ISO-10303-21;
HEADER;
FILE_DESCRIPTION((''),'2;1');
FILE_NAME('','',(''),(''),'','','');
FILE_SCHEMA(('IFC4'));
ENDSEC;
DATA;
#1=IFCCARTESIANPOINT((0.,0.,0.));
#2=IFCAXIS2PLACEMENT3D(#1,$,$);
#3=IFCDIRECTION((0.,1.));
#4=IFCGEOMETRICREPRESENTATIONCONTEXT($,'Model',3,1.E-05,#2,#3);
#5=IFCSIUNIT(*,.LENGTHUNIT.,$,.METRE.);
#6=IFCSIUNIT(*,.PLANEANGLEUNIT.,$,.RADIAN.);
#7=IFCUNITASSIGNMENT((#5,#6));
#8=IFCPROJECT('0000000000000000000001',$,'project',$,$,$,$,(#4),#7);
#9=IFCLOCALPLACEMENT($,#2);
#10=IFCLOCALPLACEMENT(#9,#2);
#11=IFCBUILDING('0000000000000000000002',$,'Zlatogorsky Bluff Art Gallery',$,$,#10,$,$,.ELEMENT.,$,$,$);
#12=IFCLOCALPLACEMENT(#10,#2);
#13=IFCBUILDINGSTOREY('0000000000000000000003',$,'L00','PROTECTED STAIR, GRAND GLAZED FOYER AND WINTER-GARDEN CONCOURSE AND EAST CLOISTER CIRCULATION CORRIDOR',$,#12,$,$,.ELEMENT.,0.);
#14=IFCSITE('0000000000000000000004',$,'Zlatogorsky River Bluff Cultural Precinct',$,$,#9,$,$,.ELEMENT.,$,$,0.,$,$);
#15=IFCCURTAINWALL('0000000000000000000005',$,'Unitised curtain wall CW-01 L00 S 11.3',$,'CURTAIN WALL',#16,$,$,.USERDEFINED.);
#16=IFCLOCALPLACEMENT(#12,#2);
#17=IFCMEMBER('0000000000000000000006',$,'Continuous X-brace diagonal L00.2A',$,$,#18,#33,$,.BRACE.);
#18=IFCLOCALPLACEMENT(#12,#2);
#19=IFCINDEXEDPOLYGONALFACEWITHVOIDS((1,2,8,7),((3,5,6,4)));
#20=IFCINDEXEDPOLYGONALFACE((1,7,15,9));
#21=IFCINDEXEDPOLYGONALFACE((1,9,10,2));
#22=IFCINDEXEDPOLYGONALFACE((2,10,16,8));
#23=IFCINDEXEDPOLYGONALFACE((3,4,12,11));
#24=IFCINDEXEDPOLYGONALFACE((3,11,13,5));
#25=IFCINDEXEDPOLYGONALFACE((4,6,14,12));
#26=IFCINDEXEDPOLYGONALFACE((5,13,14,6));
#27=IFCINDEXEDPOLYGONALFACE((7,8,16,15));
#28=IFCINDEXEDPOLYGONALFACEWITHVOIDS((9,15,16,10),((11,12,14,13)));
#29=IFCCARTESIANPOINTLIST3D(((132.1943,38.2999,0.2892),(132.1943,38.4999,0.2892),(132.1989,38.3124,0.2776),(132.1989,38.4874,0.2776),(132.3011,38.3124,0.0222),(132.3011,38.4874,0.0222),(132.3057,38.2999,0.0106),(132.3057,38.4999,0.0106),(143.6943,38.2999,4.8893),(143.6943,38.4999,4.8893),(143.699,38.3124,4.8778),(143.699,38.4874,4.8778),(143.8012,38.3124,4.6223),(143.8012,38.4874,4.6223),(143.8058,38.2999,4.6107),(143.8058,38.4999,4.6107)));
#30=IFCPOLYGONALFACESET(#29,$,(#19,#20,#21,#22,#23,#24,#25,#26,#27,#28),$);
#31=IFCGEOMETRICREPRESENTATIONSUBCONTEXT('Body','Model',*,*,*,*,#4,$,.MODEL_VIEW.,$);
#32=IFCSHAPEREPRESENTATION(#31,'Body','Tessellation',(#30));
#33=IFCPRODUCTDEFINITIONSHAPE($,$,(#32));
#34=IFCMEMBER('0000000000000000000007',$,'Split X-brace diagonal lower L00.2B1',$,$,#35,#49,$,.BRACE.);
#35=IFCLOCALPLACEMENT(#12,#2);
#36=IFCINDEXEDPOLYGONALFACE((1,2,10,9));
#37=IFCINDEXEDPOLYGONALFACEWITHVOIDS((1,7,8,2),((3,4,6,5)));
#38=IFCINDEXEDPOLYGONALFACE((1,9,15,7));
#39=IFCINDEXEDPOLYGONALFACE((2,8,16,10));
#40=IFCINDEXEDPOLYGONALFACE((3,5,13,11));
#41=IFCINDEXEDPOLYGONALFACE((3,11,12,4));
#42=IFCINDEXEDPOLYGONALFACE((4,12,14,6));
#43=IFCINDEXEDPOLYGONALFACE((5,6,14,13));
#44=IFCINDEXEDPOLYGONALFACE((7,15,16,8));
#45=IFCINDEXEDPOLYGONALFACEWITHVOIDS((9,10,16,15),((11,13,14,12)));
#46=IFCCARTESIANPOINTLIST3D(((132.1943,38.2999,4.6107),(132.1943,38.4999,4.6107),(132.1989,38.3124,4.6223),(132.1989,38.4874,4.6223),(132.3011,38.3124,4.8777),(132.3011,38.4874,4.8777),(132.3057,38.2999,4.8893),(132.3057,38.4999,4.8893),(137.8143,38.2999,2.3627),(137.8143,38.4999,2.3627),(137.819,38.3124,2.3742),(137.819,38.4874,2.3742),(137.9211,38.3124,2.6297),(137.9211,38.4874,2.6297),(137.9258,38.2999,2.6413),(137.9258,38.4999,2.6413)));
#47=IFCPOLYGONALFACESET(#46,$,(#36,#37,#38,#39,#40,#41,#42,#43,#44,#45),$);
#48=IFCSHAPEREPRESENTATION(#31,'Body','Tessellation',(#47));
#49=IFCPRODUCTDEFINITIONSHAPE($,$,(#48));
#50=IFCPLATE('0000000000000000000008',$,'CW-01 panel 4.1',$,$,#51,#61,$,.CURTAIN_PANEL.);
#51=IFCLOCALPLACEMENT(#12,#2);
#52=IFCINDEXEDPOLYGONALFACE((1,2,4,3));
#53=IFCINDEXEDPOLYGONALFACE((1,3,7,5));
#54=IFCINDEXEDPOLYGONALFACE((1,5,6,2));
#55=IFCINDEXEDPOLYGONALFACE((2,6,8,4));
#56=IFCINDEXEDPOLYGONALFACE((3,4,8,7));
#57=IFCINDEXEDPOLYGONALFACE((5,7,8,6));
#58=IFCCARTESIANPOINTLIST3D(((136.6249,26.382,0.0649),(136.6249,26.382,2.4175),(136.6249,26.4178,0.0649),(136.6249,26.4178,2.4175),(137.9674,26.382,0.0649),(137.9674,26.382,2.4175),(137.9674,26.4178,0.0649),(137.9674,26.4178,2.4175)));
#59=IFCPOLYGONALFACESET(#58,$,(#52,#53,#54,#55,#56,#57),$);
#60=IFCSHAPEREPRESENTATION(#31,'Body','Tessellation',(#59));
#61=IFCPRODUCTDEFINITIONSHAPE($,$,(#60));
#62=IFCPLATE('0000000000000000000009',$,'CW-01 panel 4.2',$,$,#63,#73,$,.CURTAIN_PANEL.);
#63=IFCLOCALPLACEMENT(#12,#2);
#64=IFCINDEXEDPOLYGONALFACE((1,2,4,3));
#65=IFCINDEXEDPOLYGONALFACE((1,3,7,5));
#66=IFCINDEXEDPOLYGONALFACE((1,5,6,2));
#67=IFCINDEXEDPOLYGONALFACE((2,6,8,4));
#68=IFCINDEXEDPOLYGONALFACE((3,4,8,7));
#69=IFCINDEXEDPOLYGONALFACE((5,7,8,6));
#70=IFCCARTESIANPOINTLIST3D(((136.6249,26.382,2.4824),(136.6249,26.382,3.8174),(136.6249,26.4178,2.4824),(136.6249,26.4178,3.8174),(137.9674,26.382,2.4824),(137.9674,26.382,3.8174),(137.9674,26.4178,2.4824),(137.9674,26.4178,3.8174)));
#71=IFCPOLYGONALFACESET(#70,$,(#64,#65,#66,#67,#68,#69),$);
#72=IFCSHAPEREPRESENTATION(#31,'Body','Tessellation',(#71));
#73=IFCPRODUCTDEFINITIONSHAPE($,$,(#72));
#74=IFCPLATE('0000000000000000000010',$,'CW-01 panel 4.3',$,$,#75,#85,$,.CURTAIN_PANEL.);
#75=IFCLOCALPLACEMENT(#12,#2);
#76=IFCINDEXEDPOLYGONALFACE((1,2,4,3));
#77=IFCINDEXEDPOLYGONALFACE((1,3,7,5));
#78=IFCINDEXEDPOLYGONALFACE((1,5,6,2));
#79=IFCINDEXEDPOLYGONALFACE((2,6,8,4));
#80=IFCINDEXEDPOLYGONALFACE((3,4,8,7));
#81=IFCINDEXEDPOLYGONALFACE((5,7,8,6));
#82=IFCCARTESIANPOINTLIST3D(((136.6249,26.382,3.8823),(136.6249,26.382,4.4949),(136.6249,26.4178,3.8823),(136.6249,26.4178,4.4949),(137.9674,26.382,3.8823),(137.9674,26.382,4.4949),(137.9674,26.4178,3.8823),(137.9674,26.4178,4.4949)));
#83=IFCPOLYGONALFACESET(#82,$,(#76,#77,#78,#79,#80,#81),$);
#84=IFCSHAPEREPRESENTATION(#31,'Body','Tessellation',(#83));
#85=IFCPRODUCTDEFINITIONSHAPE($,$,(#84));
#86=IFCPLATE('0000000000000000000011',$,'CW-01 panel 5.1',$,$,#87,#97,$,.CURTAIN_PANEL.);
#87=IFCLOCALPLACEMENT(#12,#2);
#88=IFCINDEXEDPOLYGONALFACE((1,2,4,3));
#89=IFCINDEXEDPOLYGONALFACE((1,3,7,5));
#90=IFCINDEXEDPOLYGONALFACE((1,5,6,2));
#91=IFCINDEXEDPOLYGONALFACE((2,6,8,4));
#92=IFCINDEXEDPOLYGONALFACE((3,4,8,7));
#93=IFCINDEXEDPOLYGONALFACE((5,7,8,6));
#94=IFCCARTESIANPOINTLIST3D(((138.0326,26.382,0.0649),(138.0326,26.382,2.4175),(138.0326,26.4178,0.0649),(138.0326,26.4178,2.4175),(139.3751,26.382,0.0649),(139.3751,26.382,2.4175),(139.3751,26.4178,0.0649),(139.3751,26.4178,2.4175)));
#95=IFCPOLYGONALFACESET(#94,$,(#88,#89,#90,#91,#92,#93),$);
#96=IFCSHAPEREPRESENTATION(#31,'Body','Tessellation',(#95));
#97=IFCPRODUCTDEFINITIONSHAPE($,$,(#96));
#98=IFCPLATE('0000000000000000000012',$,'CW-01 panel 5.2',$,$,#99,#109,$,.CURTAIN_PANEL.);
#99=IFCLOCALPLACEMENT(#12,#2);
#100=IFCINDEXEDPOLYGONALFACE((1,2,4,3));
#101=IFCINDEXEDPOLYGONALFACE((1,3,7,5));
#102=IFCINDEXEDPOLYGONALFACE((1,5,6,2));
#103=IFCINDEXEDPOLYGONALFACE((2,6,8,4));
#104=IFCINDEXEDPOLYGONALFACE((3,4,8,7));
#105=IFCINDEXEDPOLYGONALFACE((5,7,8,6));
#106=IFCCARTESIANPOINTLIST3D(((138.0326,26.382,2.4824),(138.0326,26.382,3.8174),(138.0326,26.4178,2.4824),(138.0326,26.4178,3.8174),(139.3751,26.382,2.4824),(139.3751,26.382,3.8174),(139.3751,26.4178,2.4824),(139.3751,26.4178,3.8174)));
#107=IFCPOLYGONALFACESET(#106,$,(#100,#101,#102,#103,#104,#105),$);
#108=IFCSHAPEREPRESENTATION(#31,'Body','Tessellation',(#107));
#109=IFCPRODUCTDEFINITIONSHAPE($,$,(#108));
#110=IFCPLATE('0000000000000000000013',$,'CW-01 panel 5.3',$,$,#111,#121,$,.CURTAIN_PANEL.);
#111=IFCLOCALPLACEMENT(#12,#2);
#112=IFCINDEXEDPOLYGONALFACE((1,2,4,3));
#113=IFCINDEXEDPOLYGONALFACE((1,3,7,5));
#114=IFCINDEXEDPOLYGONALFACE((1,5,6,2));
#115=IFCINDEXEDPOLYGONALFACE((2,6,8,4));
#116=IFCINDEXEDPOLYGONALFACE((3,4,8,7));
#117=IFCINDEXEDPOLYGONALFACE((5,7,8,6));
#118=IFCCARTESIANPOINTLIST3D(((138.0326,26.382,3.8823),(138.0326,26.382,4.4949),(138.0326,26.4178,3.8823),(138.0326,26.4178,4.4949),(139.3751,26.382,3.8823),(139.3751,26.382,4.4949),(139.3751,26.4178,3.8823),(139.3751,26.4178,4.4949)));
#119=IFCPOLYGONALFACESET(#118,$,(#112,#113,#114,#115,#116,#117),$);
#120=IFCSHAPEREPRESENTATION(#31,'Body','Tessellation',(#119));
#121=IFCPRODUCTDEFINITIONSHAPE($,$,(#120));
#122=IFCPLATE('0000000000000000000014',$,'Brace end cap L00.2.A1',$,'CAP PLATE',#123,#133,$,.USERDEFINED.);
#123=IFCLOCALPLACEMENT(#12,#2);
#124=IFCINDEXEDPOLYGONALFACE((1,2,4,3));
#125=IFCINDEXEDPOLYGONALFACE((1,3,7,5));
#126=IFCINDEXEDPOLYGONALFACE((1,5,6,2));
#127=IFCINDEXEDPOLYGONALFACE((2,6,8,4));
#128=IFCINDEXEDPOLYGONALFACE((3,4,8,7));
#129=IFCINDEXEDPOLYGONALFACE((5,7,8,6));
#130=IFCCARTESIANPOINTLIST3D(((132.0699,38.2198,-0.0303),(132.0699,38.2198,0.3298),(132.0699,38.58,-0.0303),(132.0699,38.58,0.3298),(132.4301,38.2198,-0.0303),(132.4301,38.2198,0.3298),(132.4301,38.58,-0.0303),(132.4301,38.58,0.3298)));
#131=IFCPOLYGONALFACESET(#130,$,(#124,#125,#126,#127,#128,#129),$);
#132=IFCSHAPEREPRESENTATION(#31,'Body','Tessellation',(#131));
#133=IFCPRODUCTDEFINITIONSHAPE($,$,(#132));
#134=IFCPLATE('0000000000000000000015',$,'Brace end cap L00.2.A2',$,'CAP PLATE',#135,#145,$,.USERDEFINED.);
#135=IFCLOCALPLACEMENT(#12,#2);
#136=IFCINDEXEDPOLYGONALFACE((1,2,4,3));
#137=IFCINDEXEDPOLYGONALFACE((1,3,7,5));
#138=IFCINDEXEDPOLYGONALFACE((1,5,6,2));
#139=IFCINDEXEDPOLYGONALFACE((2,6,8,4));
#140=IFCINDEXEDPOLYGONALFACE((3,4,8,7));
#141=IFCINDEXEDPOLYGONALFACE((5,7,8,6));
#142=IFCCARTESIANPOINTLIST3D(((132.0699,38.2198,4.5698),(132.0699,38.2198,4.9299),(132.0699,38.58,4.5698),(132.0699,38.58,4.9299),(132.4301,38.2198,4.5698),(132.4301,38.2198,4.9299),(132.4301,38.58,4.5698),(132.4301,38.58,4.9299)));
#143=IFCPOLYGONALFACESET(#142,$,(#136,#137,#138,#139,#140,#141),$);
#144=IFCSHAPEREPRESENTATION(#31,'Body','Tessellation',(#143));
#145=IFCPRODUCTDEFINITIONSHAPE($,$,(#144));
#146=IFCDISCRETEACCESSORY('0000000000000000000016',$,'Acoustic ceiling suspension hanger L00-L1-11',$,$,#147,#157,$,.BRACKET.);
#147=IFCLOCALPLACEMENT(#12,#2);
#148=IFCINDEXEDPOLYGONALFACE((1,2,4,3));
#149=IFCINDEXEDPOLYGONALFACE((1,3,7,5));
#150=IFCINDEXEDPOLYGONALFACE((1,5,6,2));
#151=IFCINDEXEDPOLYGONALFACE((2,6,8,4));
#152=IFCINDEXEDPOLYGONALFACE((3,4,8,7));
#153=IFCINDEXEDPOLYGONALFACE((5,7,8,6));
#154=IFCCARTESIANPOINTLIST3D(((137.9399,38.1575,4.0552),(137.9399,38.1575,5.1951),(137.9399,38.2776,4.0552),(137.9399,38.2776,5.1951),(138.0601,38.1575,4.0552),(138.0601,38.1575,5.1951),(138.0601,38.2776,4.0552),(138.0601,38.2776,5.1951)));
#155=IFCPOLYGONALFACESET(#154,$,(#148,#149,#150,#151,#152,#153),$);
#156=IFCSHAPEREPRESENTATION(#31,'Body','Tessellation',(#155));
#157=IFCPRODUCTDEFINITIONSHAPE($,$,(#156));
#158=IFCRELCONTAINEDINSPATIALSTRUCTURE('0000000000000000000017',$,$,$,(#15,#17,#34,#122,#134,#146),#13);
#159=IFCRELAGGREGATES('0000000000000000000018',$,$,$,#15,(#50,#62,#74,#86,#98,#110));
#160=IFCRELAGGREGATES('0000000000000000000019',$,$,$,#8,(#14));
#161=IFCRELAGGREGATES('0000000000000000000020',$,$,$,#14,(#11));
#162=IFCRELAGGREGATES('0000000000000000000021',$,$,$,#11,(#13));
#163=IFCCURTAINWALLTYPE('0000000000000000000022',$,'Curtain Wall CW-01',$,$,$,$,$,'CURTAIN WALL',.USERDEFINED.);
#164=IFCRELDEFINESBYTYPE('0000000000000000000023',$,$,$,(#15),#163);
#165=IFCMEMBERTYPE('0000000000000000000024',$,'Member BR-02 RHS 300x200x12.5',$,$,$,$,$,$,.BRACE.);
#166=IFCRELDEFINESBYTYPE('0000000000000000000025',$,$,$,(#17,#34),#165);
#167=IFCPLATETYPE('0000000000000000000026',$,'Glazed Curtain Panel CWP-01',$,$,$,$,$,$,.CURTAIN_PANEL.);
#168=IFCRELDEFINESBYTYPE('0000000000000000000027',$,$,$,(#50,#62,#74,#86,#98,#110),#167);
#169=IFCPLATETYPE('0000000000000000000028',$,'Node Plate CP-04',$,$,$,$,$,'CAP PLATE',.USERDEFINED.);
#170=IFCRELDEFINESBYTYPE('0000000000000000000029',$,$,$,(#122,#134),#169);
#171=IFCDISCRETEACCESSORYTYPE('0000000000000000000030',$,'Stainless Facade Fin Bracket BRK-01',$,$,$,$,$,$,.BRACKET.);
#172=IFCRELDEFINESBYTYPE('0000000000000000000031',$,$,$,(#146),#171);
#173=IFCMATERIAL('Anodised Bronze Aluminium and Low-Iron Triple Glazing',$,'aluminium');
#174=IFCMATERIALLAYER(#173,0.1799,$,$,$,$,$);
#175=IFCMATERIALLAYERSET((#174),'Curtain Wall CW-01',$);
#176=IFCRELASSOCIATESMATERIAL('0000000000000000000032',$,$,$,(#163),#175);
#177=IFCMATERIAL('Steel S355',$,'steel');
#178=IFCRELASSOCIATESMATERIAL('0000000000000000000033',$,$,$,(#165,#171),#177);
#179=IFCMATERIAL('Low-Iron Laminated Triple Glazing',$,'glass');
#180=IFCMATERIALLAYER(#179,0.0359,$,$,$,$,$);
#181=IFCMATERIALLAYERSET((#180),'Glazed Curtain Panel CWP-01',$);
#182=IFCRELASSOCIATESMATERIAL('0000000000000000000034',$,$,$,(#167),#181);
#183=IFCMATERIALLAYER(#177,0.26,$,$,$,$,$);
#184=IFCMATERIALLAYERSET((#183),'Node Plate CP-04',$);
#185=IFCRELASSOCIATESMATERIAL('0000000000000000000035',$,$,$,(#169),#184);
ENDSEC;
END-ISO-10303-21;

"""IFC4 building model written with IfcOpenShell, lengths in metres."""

from ifc_helpers import new_model, si_unit, direction, frame, origin, origin_2d, place, context, subcontext, project, spatial, rectangle, hollow_rectangle, extrude, material, layer, layer_set, material_profile, profile_set, type_object, element, aggregate, save


model = new_model("IFC4")

# Units and contexts
model_context = context("Model", 3, precision=1e-05, world=origin(), true_north=direction((0.0, 1.0)))
body_context = subcontext(model_context, "Body", "Model", "MODEL_VIEW")
ifc_project = project(units=[si_unit("LENGTHUNIT", "METRE"), si_unit("PLANEANGLEUNIT", "RADIAN")], contexts=[model_context])

# Site, building, storey
site_placement = place(None, origin())
site = spatial("IfcSite", under=ifc_project, at=site_placement, Name="Zlatogorsky River Bluff Cultural Precinct", CompositionType="ELEMENT", RefElevation=0.0)
building_placement = place(site_placement, origin())
building = spatial("IfcBuilding", under=site, at=building_placement, Name="Zlatogorsky Bluff Art Gallery", CompositionType="ELEMENT")
storey_placement = place(building_placement, origin())
storey = spatial("IfcBuildingStorey", under=building, at=storey_placement, Name="L00", Description="PROTECTED STAIR, GRAND GLAZED FOYER AND WINTER-GARDEN CONCOURSE AND EAST CLOISTER CIRCULATION CORRIDOR", CompositionType="ELEMENT", Elevation=0.0)

# Shared definitions
ifc_material_1 = material(Name="Steel S355", Category="steel")

# Curtain wall
ifc_material_2 = material(Name="Anodised Bronze Aluminium and Low-Iron Triple Glazing", Category="aluminium")
ifc_layer_1 = layer(ifc_material_2, 0.1799)
ifc_layer_set_1 = layer_set([ifc_layer_1], Name="Curtain Wall CW-01")
curtain_wall_type = type_object("IfcCurtainWallType", Name="Curtain Wall CW-01", ElementType="CURTAIN WALL", PredefinedType="USERDEFINED", material=ifc_layer_set_1)
curtain_wall_placement = place(storey_placement, origin())
curtain_wall = element("IfcCurtainWall", 1, at=curtain_wall_placement, inside=storey, type_object=curtain_wall_type, Name="Unitised curtain wall CW-01 L00 S 11.3", ObjectType="CURTAIN WALL", PredefinedType="USERDEFINED")

# Members
ifc_material_profile_1 = material_profile(ifc_material_1, hollow_rectangle(XDim=0.2, YDim=0.3, WallThickness=0.0125, at=origin_2d()), Name="RHS 300x200x12.5")
ifc_profile_set_1 = profile_set([ifc_material_profile_1], Name="Steel S355")
member_type_1 = type_object("IfcMemberType", Name="Member BR-02 RHS 300x200x12.5", PredefinedType="BRACE", material=ifc_profile_set_1)
member_1_placement = place(storey_placement, frame((132.25, 38.3999, 0.1499), z_axis=(0.928474, 0.0, 0.371397), x_axis=(0.0, 1.0, 0.0)))
element("IfcMember", 2, at=member_1_placement, inside=storey, type_object=member_type_1, Name="Continuous X-brace diagonal L00.2A", PredefinedType="BRACE", context=body_context, shape_type="SweptSolid", body=[
    extrude(hollow_rectangle(XDim=0.2, YDim=0.3, WallThickness=0.0125, at=origin_2d()), origin(), (0.0, 0.0, 1.0), 12.386),
])
member_2_placement = place(storey_placement, frame((132.25, 38.3999, 4.75), z_axis=(0.928477, 0.0, -0.371391), x_axis=(0.0, 1.0, 0.0)))
element("IfcMember", 3, at=member_2_placement, inside=storey, type_object=member_type_1, Name="Split X-brace diagonal lower L00.2B1", PredefinedType="BRACE", context=body_context, shape_type="SweptSolid", body=[
    extrude(hollow_rectangle(XDim=0.2, YDim=0.3, WallThickness=0.0125, at=origin_2d()), origin(), (0.0, 0.0, 1.0), 6.053),
])

# Plates
ifc_material_3 = material(Name="Low-Iron Laminated Triple Glazing", Category="glass")
ifc_layer_2 = layer(ifc_material_3, 0.0359)
ifc_layer_set_2 = layer_set([ifc_layer_2], Name="Glazed Curtain Panel CWP-01")
plate_type_1 = type_object("IfcPlateType", Name="Glazed Curtain Panel CWP-01", PredefinedType="CURTAIN_PANEL", material=ifc_layer_set_2)
plate_1_placement = place(storey_placement, frame((137.2961, 26.3999, 0.0649), z_axis=(0.0, 0.0, 1.0), x_axis=(1.0, 0.0, 0.0)))
plate_1 = element("IfcPlate", 4, at=plate_1_placement, type_object=plate_type_1, Name="CW-01 panel 4.1", PredefinedType="CURTAIN_PANEL", context=body_context, shape_type="SweptSolid", body=[
    extrude(rectangle(XDim=1.3425, YDim=0.0359, at=origin_2d()), origin(), (0.0, 0.0, 1.0), 2.3525),
])
plate_2_placement = place(storey_placement, frame((137.2961, 26.3999, 2.4824), z_axis=(0.0, 0.0, 1.0), x_axis=(1.0, 0.0, 0.0)))
plate_2 = element("IfcPlate", 5, at=plate_2_placement, type_object=plate_type_1, Name="CW-01 panel 4.2", PredefinedType="CURTAIN_PANEL", context=body_context, shape_type="SweptSolid", body=[
    extrude(rectangle(XDim=1.3425, YDim=0.0359, at=origin_2d()), origin(), (0.0, 0.0, 1.0), 1.335),
])
plate_3_placement = place(storey_placement, frame((137.2961, 26.3999, 3.8823), z_axis=(0.0, 0.0, 1.0), x_axis=(1.0, 0.0, 0.0)))
plate_3 = element("IfcPlate", 6, at=plate_3_placement, type_object=plate_type_1, Name="CW-01 panel 4.3", PredefinedType="CURTAIN_PANEL", context=body_context, shape_type="SweptSolid", body=[
    extrude(rectangle(XDim=1.3425, YDim=0.0359, at=origin_2d()), origin(), (0.0, 0.0, 1.0), 0.6125),
])
plate_4_placement = place(storey_placement, frame((138.7039, 26.3999, 0.0649), z_axis=(0.0, 0.0, 1.0), x_axis=(1.0, 0.0, 0.0)))
plate_4 = element("IfcPlate", 7, at=plate_4_placement, type_object=plate_type_1, Name="CW-01 panel 5.1", PredefinedType="CURTAIN_PANEL", context=body_context, shape_type="SweptSolid", body=[
    extrude(rectangle(XDim=1.3425, YDim=0.0359, at=origin_2d()), origin(), (0.0, 0.0, 1.0), 2.3525),
])
plate_5_placement = place(storey_placement, frame((138.7039, 26.3999, 2.4824), z_axis=(0.0, 0.0, 1.0), x_axis=(1.0, 0.0, 0.0)))
plate_5 = element("IfcPlate", 8, at=plate_5_placement, type_object=plate_type_1, Name="CW-01 panel 5.2", PredefinedType="CURTAIN_PANEL", context=body_context, shape_type="SweptSolid", body=[
    extrude(rectangle(XDim=1.3425, YDim=0.0359, at=origin_2d()), origin(), (0.0, 0.0, 1.0), 1.335),
])
plate_6_placement = place(storey_placement, frame((138.7039, 26.3999, 3.8823), z_axis=(0.0, 0.0, 1.0), x_axis=(1.0, 0.0, 0.0)))
plate_6 = element("IfcPlate", 9, at=plate_6_placement, type_object=plate_type_1, Name="CW-01 panel 5.3", PredefinedType="CURTAIN_PANEL", context=body_context, shape_type="SweptSolid", body=[
    extrude(rectangle(XDim=1.3425, YDim=0.0359, at=origin_2d()), origin(), (0.0, 0.0, 1.0), 0.6125),
])
aggregate(curtain_wall, [plate_1, plate_2, plate_3, plate_4, plate_5, plate_6])

# Plates
ifc_layer_3 = layer(ifc_material_1, 0.26)
ifc_layer_set_3 = layer_set([ifc_layer_3], Name="Node Plate CP-04")
plate_type_2 = type_object("IfcPlateType", Name="Node Plate CP-04", ElementType="CAP PLATE", PredefinedType="USERDEFINED", material=ifc_layer_set_3)
for number, where, z_axis, x_axis, name in (
    (10, (132.25, 38.3999, -0.0303), (0.0, 0.0, 1.0), (1.0, 0.0, 0.0), "Brace end cap L00.2.A1"),
    (11, (132.25, 38.3999, 4.5698), (0.0, 0.0, 1.0), (1.0, 0.0, 0.0), "Brace end cap L00.2.A2"),
):
    element("IfcPlate", number, at=place(storey_placement, frame(where, z_axis=z_axis, x_axis=x_axis)), inside=storey, type_object=plate_type_2, Name=name, ObjectType="CAP PLATE", PredefinedType="USERDEFINED", context=body_context, shape_type="SweptSolid", body=[
        extrude(rectangle(XDim=0.3601, YDim=0.3601, at=origin_2d()), origin(), (0.0, 0.0, 1.0), 0.3601),
    ])

# Discrete accessory
discrete_accessory_type = type_object("IfcDiscreteAccessoryType", Name="Stainless Facade Fin Bracket BRK-01", PredefinedType="BRACKET", material=ifc_material_1)
discrete_accessory_placement = place(storey_placement, frame((138.0, 38.2175, 4.0552), z_axis=(0.0, 0.0, 1.0), x_axis=(1.0, 0.0, 0.0)))
element("IfcDiscreteAccessory", 12, at=discrete_accessory_placement, inside=storey, type_object=discrete_accessory_type, Name="Acoustic ceiling suspension hanger L00-L1-11", PredefinedType="BRACKET", context=body_context, shape_type="SweptSolid", body=[
    extrude(rectangle(XDim=0.1201, YDim=0.1201, at=origin_2d()), origin(), (0.0, 0.0, 1.0), 1.1399),
])

save(model, "model.ifc")
